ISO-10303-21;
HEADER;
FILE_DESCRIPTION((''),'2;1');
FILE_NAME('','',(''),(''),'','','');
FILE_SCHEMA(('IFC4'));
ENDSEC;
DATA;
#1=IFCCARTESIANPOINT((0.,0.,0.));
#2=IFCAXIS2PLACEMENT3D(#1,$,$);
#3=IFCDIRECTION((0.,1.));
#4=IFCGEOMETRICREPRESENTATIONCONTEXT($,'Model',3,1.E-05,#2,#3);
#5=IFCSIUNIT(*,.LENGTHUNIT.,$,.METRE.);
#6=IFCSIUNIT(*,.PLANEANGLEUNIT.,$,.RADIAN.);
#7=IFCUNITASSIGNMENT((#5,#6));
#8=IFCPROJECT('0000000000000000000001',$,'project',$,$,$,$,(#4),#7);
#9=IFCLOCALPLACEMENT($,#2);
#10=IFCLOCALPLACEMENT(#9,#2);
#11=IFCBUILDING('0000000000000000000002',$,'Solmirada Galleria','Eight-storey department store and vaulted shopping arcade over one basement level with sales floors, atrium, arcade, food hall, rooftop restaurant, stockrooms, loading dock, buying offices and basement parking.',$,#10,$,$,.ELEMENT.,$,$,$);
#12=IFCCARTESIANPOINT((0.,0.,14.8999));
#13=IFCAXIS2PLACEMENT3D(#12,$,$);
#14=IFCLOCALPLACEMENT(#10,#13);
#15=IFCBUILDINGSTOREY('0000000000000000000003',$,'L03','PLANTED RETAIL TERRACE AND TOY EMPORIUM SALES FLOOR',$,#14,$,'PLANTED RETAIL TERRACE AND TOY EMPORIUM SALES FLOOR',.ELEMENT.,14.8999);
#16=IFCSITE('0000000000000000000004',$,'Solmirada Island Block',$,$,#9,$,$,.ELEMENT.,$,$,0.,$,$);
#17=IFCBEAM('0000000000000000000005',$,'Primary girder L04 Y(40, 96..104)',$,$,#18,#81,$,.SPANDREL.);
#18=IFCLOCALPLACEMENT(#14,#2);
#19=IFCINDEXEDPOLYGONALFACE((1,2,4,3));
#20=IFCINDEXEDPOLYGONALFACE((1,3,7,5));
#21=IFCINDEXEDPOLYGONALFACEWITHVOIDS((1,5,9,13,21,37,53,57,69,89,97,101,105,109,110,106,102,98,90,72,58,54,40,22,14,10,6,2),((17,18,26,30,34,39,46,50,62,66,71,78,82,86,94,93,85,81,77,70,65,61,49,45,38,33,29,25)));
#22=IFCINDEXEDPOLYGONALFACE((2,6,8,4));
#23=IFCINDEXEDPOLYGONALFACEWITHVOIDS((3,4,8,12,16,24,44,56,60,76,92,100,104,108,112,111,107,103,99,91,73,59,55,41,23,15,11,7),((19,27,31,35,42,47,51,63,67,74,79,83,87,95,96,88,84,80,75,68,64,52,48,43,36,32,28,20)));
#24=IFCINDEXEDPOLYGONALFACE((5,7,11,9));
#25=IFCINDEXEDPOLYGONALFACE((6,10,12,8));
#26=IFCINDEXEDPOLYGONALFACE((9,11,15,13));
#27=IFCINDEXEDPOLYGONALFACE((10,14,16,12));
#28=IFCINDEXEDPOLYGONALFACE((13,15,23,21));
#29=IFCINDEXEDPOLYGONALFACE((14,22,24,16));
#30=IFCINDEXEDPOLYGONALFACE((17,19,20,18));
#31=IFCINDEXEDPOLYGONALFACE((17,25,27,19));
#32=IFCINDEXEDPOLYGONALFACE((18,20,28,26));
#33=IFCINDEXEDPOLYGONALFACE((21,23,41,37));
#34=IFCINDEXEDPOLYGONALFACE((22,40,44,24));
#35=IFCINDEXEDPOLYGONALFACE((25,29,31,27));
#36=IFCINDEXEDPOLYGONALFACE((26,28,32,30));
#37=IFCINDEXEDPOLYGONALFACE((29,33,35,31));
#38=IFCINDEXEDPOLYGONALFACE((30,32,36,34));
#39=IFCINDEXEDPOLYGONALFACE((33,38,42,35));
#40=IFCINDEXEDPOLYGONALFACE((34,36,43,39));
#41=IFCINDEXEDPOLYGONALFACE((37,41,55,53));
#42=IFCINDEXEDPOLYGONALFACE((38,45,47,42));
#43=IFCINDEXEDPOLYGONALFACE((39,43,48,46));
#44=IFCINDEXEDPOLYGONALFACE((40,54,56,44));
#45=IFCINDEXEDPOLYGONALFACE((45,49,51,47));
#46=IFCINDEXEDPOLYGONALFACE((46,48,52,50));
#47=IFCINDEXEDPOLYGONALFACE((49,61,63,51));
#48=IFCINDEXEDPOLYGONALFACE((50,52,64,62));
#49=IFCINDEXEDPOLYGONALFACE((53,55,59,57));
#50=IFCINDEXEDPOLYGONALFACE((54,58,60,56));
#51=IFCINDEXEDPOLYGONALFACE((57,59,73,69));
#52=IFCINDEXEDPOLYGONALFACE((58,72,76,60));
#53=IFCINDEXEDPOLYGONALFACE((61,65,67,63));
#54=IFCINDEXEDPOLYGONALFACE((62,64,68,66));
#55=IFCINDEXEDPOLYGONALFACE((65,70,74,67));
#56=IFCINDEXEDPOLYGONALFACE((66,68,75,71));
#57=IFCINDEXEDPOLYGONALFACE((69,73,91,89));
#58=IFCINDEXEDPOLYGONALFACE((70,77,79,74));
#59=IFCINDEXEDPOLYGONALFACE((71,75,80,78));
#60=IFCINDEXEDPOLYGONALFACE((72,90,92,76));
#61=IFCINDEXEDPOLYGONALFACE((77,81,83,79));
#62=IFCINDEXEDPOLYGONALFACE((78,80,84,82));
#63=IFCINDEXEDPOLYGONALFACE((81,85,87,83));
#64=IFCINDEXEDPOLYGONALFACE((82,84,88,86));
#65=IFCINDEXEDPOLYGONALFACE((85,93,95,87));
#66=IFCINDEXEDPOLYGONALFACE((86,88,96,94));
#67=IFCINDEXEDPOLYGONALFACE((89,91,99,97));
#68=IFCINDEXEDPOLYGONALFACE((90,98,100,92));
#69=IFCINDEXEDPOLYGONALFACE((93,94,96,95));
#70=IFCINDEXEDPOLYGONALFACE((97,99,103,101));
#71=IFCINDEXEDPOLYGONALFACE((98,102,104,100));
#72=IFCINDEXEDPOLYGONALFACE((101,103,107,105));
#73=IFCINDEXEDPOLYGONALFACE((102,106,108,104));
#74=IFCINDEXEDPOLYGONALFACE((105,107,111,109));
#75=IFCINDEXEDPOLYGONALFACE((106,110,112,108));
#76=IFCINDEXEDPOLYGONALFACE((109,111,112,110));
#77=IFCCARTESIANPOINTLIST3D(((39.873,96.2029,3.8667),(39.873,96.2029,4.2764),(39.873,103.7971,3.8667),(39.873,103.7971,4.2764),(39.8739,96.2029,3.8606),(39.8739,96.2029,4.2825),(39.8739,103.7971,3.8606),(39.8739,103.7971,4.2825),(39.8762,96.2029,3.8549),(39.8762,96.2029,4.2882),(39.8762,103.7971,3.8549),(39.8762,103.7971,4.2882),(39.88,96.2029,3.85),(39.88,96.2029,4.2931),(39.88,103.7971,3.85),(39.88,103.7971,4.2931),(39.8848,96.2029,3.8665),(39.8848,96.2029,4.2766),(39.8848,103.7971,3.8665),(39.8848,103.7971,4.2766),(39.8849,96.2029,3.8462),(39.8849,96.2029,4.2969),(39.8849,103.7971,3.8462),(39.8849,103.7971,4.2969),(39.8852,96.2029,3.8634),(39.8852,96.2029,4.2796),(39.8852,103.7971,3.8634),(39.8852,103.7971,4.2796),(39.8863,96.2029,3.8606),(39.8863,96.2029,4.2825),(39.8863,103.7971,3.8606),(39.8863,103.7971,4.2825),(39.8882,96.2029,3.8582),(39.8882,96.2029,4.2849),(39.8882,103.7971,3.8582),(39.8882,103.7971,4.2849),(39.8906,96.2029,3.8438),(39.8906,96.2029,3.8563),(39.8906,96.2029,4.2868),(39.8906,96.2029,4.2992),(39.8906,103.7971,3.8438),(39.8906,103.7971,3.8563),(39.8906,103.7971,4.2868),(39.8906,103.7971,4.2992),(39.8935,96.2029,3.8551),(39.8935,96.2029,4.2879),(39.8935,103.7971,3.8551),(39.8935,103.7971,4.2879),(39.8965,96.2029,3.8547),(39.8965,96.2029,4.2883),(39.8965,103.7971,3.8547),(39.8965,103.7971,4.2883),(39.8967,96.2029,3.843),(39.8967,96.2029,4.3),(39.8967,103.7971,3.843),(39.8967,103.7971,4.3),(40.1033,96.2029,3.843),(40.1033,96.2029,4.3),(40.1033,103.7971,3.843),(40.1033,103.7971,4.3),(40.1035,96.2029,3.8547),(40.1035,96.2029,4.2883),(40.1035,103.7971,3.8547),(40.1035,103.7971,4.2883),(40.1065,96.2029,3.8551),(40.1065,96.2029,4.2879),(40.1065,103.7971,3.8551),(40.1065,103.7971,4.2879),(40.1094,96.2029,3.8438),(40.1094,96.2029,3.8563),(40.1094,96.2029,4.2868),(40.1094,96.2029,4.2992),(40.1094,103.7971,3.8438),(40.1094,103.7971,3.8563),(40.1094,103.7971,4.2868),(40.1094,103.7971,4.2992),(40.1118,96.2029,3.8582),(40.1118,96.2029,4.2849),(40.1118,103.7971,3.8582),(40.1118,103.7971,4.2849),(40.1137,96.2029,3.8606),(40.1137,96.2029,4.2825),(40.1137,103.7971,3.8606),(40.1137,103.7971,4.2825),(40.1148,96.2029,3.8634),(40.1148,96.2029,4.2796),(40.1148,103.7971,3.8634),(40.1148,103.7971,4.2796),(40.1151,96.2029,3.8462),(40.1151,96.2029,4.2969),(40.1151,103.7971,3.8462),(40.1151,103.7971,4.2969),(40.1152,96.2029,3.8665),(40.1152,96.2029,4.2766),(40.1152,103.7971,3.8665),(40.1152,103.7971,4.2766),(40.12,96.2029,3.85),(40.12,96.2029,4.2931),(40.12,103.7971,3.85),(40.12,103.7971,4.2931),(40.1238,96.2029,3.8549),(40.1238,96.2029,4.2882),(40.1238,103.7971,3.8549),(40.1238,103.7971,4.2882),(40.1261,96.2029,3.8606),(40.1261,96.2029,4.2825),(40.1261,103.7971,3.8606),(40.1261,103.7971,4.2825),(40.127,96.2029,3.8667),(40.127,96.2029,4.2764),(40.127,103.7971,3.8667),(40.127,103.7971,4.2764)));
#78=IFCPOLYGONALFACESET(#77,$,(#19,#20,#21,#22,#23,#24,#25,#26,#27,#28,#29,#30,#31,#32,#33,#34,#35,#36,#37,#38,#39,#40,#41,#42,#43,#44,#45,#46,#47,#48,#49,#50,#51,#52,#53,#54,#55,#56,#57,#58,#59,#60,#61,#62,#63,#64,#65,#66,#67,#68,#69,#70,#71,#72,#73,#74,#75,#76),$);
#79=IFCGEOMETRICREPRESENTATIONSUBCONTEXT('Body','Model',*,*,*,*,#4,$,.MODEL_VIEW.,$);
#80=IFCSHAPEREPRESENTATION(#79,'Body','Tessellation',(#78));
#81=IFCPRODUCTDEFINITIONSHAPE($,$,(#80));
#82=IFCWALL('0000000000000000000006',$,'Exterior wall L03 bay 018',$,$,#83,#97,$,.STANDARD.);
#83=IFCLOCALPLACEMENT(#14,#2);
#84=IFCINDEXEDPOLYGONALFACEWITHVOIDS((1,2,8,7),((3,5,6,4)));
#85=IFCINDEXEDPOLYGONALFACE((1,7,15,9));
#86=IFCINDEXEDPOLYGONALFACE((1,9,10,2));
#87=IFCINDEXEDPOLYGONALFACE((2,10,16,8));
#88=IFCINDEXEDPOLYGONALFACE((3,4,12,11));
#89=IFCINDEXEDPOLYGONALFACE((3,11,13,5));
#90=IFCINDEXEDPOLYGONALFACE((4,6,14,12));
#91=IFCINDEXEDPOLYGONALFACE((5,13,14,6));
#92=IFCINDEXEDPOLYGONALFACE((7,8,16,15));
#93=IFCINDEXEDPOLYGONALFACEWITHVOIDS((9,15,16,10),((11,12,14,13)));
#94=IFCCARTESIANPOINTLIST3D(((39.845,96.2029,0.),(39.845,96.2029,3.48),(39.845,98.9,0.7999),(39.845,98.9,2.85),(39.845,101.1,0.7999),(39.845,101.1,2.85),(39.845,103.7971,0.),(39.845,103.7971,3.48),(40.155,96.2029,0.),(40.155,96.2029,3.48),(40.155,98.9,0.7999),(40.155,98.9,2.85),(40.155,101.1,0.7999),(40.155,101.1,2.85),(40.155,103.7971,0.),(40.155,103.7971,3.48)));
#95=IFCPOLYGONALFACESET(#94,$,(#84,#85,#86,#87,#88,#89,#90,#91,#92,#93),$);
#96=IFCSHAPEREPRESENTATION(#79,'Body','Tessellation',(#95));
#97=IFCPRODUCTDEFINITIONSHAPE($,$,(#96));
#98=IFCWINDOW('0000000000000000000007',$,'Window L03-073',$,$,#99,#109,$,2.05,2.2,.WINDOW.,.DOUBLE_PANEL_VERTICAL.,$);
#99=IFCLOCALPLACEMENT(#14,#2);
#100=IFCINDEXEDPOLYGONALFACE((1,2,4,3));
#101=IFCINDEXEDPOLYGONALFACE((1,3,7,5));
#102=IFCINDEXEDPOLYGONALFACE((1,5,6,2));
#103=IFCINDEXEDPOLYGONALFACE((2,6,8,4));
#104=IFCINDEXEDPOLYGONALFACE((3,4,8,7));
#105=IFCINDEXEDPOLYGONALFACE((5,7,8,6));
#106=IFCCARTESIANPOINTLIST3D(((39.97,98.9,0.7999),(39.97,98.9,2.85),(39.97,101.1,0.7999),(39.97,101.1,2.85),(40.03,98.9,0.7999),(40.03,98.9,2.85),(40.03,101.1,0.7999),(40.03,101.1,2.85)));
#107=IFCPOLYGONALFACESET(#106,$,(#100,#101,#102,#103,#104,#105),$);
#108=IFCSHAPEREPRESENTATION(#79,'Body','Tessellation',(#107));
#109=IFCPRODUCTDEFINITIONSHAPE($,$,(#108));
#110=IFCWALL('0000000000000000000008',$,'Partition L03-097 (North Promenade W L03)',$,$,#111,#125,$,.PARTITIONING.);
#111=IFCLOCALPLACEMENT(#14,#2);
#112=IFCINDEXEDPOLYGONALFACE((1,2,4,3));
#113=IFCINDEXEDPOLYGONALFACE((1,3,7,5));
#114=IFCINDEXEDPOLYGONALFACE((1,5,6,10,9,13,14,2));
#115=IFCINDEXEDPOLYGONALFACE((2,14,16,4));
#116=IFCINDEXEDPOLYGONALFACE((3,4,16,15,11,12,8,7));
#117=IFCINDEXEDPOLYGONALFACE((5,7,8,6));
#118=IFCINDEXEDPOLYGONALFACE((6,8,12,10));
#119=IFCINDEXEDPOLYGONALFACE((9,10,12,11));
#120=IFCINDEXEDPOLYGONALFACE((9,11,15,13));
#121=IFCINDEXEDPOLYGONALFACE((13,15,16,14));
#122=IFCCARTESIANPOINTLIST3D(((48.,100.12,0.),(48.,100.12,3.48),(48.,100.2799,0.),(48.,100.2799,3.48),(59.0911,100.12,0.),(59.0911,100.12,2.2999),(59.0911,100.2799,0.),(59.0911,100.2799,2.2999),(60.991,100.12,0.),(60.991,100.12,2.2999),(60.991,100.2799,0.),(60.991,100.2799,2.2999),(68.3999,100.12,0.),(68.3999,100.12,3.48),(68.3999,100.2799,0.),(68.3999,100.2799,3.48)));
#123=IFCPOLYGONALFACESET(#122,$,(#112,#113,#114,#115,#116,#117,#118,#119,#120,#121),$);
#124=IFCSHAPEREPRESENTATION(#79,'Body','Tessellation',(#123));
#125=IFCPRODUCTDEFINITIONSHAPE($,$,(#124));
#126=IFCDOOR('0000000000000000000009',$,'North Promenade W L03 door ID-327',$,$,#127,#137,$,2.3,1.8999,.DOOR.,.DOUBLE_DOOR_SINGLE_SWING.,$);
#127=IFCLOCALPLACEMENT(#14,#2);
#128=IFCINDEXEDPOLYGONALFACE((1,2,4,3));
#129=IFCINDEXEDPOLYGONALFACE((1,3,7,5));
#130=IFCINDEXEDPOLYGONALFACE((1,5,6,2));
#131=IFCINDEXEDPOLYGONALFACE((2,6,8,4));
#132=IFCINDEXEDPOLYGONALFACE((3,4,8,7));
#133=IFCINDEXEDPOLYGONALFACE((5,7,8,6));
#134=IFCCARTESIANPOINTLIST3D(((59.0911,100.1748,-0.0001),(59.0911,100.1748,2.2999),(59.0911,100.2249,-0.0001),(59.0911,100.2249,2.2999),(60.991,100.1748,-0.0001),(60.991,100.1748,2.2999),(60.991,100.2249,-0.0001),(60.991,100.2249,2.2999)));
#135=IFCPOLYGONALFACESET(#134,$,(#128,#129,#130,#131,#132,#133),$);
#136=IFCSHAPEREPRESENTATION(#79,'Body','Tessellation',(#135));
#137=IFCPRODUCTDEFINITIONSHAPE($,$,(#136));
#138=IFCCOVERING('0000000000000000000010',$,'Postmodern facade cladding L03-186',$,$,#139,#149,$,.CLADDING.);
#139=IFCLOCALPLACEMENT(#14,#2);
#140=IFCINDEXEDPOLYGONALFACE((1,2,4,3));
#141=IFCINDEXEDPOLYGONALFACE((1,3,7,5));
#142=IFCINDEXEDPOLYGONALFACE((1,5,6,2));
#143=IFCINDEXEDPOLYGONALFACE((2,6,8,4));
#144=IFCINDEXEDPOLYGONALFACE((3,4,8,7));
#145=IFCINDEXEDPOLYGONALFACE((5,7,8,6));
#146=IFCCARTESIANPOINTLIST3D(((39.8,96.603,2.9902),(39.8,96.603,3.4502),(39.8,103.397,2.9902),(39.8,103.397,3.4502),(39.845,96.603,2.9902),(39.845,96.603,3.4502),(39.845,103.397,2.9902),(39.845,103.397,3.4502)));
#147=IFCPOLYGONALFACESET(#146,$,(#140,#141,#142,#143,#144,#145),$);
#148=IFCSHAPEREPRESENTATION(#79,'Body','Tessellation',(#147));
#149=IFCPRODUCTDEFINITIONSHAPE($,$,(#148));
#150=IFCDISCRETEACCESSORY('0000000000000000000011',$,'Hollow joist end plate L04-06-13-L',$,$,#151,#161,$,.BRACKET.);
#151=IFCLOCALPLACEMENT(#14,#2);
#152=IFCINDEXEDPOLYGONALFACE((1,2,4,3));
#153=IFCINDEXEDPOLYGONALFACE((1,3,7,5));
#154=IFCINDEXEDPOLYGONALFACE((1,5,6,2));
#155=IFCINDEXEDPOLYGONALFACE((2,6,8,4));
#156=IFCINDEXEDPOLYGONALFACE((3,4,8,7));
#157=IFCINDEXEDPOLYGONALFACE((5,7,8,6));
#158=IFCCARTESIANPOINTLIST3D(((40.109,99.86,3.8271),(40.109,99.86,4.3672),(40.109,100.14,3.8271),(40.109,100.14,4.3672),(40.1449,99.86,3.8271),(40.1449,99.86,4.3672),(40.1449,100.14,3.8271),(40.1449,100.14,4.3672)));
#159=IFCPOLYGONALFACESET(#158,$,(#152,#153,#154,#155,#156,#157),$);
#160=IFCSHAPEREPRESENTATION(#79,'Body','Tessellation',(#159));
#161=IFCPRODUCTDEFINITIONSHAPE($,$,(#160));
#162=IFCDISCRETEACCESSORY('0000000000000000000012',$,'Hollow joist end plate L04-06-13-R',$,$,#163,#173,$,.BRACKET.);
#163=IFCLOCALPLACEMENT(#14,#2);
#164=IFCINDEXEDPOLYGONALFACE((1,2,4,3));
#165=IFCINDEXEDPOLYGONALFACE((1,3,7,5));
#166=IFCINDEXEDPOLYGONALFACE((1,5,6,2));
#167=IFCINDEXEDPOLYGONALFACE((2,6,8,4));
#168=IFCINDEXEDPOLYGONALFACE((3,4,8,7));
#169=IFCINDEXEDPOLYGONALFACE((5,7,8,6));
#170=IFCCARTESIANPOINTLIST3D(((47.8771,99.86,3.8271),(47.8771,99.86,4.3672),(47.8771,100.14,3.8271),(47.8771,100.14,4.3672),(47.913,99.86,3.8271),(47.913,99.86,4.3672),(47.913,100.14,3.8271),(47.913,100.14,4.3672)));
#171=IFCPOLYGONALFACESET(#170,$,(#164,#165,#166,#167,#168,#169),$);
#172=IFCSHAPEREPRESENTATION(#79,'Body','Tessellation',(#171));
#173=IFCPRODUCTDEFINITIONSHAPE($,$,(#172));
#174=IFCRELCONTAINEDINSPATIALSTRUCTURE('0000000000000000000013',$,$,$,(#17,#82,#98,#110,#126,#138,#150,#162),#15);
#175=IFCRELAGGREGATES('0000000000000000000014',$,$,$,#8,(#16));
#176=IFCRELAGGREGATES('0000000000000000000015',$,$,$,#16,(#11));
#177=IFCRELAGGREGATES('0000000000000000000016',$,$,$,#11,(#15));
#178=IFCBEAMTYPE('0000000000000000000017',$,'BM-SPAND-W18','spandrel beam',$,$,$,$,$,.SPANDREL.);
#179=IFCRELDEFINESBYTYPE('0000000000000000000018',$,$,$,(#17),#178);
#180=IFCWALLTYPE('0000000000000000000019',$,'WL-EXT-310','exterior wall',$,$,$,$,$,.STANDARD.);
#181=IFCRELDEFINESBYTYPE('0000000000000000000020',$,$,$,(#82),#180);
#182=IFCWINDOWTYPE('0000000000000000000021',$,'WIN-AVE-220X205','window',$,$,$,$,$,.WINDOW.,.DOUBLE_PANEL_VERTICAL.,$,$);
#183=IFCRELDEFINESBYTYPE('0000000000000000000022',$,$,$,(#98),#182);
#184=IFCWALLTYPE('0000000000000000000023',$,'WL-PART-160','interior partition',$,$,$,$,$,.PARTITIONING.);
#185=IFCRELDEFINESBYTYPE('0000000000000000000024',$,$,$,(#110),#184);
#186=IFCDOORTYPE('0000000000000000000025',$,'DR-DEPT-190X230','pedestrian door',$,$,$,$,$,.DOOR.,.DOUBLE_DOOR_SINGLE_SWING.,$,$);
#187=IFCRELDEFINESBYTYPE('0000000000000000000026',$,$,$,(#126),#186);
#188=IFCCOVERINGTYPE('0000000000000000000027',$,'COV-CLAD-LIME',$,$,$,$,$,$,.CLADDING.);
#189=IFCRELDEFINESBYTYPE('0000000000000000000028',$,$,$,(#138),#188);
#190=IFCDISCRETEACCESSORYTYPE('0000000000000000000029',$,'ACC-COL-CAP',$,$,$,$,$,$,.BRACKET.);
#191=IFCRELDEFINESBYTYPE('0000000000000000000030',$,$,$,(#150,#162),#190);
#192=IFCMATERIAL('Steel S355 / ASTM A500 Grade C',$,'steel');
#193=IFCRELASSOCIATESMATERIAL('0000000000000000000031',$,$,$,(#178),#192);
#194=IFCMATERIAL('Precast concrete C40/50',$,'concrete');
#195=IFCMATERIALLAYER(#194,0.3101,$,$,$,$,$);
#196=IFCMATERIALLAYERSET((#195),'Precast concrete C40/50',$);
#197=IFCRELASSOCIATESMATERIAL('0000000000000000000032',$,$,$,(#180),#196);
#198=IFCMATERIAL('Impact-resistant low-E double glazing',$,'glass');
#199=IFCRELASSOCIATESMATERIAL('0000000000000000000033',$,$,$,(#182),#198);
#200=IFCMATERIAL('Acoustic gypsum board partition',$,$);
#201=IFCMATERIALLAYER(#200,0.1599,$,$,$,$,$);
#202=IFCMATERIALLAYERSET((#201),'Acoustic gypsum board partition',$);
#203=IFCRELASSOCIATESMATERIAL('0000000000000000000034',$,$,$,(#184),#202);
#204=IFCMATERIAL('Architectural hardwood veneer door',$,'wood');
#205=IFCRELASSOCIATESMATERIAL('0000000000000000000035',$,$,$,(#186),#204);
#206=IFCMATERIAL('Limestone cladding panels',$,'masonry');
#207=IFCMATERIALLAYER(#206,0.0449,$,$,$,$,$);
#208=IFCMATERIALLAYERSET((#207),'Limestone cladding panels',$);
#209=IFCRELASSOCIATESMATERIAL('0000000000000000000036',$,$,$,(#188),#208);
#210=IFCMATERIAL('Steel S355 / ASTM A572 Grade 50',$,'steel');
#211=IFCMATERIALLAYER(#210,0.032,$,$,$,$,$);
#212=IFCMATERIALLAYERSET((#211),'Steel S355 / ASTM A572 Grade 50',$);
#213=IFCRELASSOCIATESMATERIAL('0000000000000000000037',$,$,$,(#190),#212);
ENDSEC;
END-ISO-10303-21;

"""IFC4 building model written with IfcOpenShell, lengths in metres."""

from ifc_helpers import new_model, si_unit, direction, frame, frame_2d, origin, origin_2d, place, context, subcontext, project, spatial, rectangle, hollow_rectangle, extrude, material, layer, layer_set, material_profile, profile_set, type_object, element, fill, save


model = new_model("IFC4")

# Units and contexts
model_context = context("Model", 3, precision=1e-05, world=origin(), true_north=direction((0.0, 1.0)))
body_context = subcontext(model_context, "Body", "Model", "MODEL_VIEW")
ifc_project = project(units=[si_unit("LENGTHUNIT", "METRE"), si_unit("PLANEANGLEUNIT", "RADIAN")], contexts=[model_context])

# Site, building, storey
site_placement = place(None, origin())
site = spatial("IfcSite", under=ifc_project, at=site_placement, Name="Solmirada Island Block", CompositionType="ELEMENT", RefElevation=0.0)
building_placement = place(site_placement, origin())
building = spatial("IfcBuilding", under=site, at=building_placement, Name="Solmirada Galleria", Description="Eight-storey department store and vaulted shopping arcade over one basement level with sales floors, atrium, arcade, food hall, rooftop restaurant, stockrooms, loading dock, buying offices and basement parking.", CompositionType="ELEMENT")
storey_placement = place(building_placement, frame((0.0, 0.0, 14.8999)))
storey = spatial("IfcBuildingStorey", under=building, at=storey_placement, Name="L03", Description="PLANTED RETAIL TERRACE AND TOY EMPORIUM SALES FLOOR", LongName="PLANTED RETAIL TERRACE AND TOY EMPORIUM SALES FLOOR", CompositionType="ELEMENT", Elevation=14.8999)

# Shared definitions
ifc_material_1 = material(Name="Steel S355 / ASTM A500 Grade C", Category="steel")

# Beam
ifc_material_profile_1 = material_profile(ifc_material_1, hollow_rectangle(XDim=0.2539, YDim=0.457, WallThickness=0.0117, InnerFilletRadius=0.0117, OuterFilletRadius=0.0237, at=origin_2d()), Name="HSS18X10X1/2")
ifc_profile_set_1 = profile_set([ifc_material_profile_1], Name="Steel S355 / ASTM A500 Grade C")
beam_type_1 = type_object("IfcBeamType", Name="BM-SPAND-W18", Description="spandrel beam", PredefinedType="SPANDREL", material=ifc_profile_set_1)
beam_1_placement = place(storey_placement, frame((40.0, 96.2029, 4.0715), z_axis=(0.0, 1.0, 0.0), x_axis=(-1.0, 0.0, 0.0)))
element("IfcBeam", 1, at=beam_1_placement, inside=storey, type_object=beam_type_1, Name="Primary girder L04 Y(40, 96..104)", PredefinedType="SPANDREL", context=body_context, shape_type="SweptSolid", body=[
    extrude(hollow_rectangle(XDim=0.2539, YDim=0.457, WallThickness=0.0117, InnerFilletRadius=0.0117, OuterFilletRadius=0.0237, at=origin_2d()), origin(), (0.0, 0.0, 1.0), 7.5942),
])

# Wall, opening, window
ifc_material_2 = material(Name="Precast concrete C40/50", Category="concrete")
ifc_layer_1 = layer(ifc_material_2, 0.3101)
ifc_layer_set_1 = layer_set([ifc_layer_1], Name="Precast concrete C40/50")
wall_type_1 = type_object("IfcWallType", Name="WL-EXT-310", Description="exterior wall", PredefinedType="STANDARD", material=ifc_layer_set_1)
wall_1_placement = place(storey_placement, frame((40.0, 96.2029, 0.0), z_axis=(0.0, 0.0, 1.0), x_axis=(0.0, 1.0, 0.0)))
wall_1 = element("IfcWall", 2, at=wall_1_placement, inside=storey, type_object=wall_type_1, Name="Exterior wall L03 bay 018", PredefinedType="STANDARD", context=body_context, shape_type="SweptSolid", body=[
    extrude(rectangle(XDim=7.5942, YDim=0.3101, at=frame_2d((3.7971, 0.0))), origin(), (0.0, 0.0, 1.0), 3.48),
])
opening_1_placement = place(wall_1_placement, frame((2.697, 0.0, 0.8)))
opening_1 = element("IfcOpeningElement", 3, at=opening_1_placement, cuts=wall_1, PredefinedType="OPENING", context=body_context, shape_type="SweptSolid", body=[
    extrude(rectangle(XDim=2.2, YDim=2.05, at=frame_2d((1.1001, 1.0249))), frame((0.0, 0.165, 0.0), z_axis=(0.0, -1.0, 0.0), x_axis=(1.0, 0.0, 0.0)), (0.0, 0.0, 1.0), 0.3301),
])
ifc_material_3 = material(Name="Impact-resistant low-E double glazing", Category="glass")
window_type = type_object("IfcWindowType", Name="WIN-AVE-220X205", Description="window", PartitioningType="DOUBLE_PANEL_VERTICAL", PredefinedType="WINDOW", material=ifc_material_3)
window_placement = place(opening_1_placement, origin())
window = element("IfcWindow", 4, at=window_placement, inside=storey, type_object=window_type, Name="Window L03-073", OverallHeight=2.05, OverallWidth=2.2, PartitioningType="DOUBLE_PANEL_VERTICAL", PredefinedType="WINDOW", context=body_context, shape_type="SweptSolid", body=[
    extrude(rectangle(XDim=2.2, YDim=2.05, at=frame_2d((1.1001, 1.0249))), frame((0.0, 0.03, 0.0), z_axis=(0.0, -1.0, 0.0), x_axis=(1.0, 0.0, 0.0)), (0.0, 0.0, 1.0), 0.0601),
])
fill(opening_1, window)

# Wall, opening, door
ifc_material_4 = material(Name="Acoustic gypsum board partition")
ifc_layer_2 = layer(ifc_material_4, 0.1599)
ifc_layer_set_2 = layer_set([ifc_layer_2], Name="Acoustic gypsum board partition")
wall_type_2 = type_object("IfcWallType", Name="WL-PART-160", Description="interior partition", PredefinedType="PARTITIONING", material=ifc_layer_set_2)
wall_2_placement = place(storey_placement, frame((48.0, 100.2, 0.0), z_axis=(0.0, 0.0, 1.0), x_axis=(1.0, 0.0, 0.0)))
wall_2 = element("IfcWall", 5, at=wall_2_placement, inside=storey, type_object=wall_type_2, Name="Partition L03-097 (North Promenade W L03)", PredefinedType="PARTITIONING", context=body_context, shape_type="SweptSolid", body=[
    extrude(rectangle(XDim=20.3999, YDim=0.1599, at=frame_2d((10.2, 0.0))), origin(), (0.0, 0.0, 1.0), 3.48),
])
opening_2_placement = place(wall_2_placement, frame((11.0911, 0.0, 0.0)))
opening_2 = element("IfcOpeningElement", 6, at=opening_2_placement, cuts=wall_2, PredefinedType="OPENING", context=body_context, shape_type="SweptSolid", body=[
    extrude(rectangle(XDim=1.8999, YDim=2.3, at=frame_2d((0.95, 1.1499))), frame((0.0, 0.0898, 0.0), z_axis=(0.0, -1.0, 0.0), x_axis=(1.0, 0.0, 0.0)), (0.0, 0.0, 1.0), 0.1799),
])
ifc_material_5 = material(Name="Architectural hardwood veneer door", Category="wood")
door_type = type_object("IfcDoorType", Name="DR-DEPT-190X230", Description="pedestrian door", OperationType="DOUBLE_DOOR_SINGLE_SWING", PredefinedType="DOOR", material=ifc_material_5)
door_placement = place(opening_2_placement, origin())
door = element("IfcDoor", 7, at=door_placement, inside=storey, type_object=door_type, Name="North Promenade W L03 door ID-327", OperationType="DOUBLE_DOOR_SINGLE_SWING", OverallHeight=2.3, OverallWidth=1.8999, PredefinedType="DOOR", context=body_context, shape_type="SweptSolid", body=[
    extrude(rectangle(XDim=1.8999, YDim=2.3, at=frame_2d((0.95, 1.1499))), frame((0.0, 0.0249, 0.0), z_axis=(0.0, -1.0, 0.0), x_axis=(1.0, 0.0, 0.0)), (0.0, 0.0, 1.0), 0.05),
])
fill(opening_2, door)

# Covering
ifc_material_6 = material(Name="Limestone cladding panels", Category="masonry")
ifc_layer_3 = layer(ifc_material_6, 0.0449)
ifc_layer_set_3 = layer_set([ifc_layer_3], Name="Limestone cladding panels")
covering_type = type_object("IfcCoveringType", Name="COV-CLAD-LIME", PredefinedType="CLADDING", material=ifc_layer_set_3)
covering_placement = place(storey_placement, frame((39.8225, 100.0, 2.9902), z_axis=(0.0, 0.0, 1.0), x_axis=(0.0, 1.0, 0.0)))
element("IfcCovering", 8, at=covering_placement, inside=storey, type_object=covering_type, Name="Postmodern facade cladding L03-186", PredefinedType="CLADDING", context=body_context, shape_type="SweptSolid", body=[
    extrude(rectangle(XDim=6.7939, YDim=0.0449, at=origin_2d()), origin(), (0.0, 0.0, 1.0), 0.46),
])

# Discrete accessories
ifc_material_7 = material(Name="Steel S355 / ASTM A572 Grade 50", Category="steel")
ifc_layer_4 = layer(ifc_material_7, 0.032)
ifc_layer_set_4 = layer_set([ifc_layer_4], Name="Steel S355 / ASTM A572 Grade 50")
discrete_accessory_type = type_object("IfcDiscreteAccessoryType", Name="ACC-COL-CAP", PredefinedType="BRACKET", material=ifc_layer_set_4)
for number, where, z_axis, x_axis, name in (
    (9, (40.127, 100.0, 3.8271), (0.0, 0.0, 1.0), (1.0, 0.0, 0.0), "Hollow joist end plate L04-06-13-L"),
    (10, (47.895, 100.0, 3.8271), (0.0, 0.0, 1.0), (1.0, 0.0, 0.0), "Hollow joist end plate L04-06-13-R"),
):
    element("IfcDiscreteAccessory", number, at=place(storey_placement, frame(where, z_axis=z_axis, x_axis=x_axis)), inside=storey, type_object=discrete_accessory_type, Name=name, PredefinedType="BRACKET", context=body_context, shape_type="SweptSolid", body=[
        extrude(rectangle(XDim=0.0359, YDim=0.28, at=origin_2d()), origin(), (0.0, 0.0, 1.0), 0.54),
    ])

save(model, "model.ifc")
